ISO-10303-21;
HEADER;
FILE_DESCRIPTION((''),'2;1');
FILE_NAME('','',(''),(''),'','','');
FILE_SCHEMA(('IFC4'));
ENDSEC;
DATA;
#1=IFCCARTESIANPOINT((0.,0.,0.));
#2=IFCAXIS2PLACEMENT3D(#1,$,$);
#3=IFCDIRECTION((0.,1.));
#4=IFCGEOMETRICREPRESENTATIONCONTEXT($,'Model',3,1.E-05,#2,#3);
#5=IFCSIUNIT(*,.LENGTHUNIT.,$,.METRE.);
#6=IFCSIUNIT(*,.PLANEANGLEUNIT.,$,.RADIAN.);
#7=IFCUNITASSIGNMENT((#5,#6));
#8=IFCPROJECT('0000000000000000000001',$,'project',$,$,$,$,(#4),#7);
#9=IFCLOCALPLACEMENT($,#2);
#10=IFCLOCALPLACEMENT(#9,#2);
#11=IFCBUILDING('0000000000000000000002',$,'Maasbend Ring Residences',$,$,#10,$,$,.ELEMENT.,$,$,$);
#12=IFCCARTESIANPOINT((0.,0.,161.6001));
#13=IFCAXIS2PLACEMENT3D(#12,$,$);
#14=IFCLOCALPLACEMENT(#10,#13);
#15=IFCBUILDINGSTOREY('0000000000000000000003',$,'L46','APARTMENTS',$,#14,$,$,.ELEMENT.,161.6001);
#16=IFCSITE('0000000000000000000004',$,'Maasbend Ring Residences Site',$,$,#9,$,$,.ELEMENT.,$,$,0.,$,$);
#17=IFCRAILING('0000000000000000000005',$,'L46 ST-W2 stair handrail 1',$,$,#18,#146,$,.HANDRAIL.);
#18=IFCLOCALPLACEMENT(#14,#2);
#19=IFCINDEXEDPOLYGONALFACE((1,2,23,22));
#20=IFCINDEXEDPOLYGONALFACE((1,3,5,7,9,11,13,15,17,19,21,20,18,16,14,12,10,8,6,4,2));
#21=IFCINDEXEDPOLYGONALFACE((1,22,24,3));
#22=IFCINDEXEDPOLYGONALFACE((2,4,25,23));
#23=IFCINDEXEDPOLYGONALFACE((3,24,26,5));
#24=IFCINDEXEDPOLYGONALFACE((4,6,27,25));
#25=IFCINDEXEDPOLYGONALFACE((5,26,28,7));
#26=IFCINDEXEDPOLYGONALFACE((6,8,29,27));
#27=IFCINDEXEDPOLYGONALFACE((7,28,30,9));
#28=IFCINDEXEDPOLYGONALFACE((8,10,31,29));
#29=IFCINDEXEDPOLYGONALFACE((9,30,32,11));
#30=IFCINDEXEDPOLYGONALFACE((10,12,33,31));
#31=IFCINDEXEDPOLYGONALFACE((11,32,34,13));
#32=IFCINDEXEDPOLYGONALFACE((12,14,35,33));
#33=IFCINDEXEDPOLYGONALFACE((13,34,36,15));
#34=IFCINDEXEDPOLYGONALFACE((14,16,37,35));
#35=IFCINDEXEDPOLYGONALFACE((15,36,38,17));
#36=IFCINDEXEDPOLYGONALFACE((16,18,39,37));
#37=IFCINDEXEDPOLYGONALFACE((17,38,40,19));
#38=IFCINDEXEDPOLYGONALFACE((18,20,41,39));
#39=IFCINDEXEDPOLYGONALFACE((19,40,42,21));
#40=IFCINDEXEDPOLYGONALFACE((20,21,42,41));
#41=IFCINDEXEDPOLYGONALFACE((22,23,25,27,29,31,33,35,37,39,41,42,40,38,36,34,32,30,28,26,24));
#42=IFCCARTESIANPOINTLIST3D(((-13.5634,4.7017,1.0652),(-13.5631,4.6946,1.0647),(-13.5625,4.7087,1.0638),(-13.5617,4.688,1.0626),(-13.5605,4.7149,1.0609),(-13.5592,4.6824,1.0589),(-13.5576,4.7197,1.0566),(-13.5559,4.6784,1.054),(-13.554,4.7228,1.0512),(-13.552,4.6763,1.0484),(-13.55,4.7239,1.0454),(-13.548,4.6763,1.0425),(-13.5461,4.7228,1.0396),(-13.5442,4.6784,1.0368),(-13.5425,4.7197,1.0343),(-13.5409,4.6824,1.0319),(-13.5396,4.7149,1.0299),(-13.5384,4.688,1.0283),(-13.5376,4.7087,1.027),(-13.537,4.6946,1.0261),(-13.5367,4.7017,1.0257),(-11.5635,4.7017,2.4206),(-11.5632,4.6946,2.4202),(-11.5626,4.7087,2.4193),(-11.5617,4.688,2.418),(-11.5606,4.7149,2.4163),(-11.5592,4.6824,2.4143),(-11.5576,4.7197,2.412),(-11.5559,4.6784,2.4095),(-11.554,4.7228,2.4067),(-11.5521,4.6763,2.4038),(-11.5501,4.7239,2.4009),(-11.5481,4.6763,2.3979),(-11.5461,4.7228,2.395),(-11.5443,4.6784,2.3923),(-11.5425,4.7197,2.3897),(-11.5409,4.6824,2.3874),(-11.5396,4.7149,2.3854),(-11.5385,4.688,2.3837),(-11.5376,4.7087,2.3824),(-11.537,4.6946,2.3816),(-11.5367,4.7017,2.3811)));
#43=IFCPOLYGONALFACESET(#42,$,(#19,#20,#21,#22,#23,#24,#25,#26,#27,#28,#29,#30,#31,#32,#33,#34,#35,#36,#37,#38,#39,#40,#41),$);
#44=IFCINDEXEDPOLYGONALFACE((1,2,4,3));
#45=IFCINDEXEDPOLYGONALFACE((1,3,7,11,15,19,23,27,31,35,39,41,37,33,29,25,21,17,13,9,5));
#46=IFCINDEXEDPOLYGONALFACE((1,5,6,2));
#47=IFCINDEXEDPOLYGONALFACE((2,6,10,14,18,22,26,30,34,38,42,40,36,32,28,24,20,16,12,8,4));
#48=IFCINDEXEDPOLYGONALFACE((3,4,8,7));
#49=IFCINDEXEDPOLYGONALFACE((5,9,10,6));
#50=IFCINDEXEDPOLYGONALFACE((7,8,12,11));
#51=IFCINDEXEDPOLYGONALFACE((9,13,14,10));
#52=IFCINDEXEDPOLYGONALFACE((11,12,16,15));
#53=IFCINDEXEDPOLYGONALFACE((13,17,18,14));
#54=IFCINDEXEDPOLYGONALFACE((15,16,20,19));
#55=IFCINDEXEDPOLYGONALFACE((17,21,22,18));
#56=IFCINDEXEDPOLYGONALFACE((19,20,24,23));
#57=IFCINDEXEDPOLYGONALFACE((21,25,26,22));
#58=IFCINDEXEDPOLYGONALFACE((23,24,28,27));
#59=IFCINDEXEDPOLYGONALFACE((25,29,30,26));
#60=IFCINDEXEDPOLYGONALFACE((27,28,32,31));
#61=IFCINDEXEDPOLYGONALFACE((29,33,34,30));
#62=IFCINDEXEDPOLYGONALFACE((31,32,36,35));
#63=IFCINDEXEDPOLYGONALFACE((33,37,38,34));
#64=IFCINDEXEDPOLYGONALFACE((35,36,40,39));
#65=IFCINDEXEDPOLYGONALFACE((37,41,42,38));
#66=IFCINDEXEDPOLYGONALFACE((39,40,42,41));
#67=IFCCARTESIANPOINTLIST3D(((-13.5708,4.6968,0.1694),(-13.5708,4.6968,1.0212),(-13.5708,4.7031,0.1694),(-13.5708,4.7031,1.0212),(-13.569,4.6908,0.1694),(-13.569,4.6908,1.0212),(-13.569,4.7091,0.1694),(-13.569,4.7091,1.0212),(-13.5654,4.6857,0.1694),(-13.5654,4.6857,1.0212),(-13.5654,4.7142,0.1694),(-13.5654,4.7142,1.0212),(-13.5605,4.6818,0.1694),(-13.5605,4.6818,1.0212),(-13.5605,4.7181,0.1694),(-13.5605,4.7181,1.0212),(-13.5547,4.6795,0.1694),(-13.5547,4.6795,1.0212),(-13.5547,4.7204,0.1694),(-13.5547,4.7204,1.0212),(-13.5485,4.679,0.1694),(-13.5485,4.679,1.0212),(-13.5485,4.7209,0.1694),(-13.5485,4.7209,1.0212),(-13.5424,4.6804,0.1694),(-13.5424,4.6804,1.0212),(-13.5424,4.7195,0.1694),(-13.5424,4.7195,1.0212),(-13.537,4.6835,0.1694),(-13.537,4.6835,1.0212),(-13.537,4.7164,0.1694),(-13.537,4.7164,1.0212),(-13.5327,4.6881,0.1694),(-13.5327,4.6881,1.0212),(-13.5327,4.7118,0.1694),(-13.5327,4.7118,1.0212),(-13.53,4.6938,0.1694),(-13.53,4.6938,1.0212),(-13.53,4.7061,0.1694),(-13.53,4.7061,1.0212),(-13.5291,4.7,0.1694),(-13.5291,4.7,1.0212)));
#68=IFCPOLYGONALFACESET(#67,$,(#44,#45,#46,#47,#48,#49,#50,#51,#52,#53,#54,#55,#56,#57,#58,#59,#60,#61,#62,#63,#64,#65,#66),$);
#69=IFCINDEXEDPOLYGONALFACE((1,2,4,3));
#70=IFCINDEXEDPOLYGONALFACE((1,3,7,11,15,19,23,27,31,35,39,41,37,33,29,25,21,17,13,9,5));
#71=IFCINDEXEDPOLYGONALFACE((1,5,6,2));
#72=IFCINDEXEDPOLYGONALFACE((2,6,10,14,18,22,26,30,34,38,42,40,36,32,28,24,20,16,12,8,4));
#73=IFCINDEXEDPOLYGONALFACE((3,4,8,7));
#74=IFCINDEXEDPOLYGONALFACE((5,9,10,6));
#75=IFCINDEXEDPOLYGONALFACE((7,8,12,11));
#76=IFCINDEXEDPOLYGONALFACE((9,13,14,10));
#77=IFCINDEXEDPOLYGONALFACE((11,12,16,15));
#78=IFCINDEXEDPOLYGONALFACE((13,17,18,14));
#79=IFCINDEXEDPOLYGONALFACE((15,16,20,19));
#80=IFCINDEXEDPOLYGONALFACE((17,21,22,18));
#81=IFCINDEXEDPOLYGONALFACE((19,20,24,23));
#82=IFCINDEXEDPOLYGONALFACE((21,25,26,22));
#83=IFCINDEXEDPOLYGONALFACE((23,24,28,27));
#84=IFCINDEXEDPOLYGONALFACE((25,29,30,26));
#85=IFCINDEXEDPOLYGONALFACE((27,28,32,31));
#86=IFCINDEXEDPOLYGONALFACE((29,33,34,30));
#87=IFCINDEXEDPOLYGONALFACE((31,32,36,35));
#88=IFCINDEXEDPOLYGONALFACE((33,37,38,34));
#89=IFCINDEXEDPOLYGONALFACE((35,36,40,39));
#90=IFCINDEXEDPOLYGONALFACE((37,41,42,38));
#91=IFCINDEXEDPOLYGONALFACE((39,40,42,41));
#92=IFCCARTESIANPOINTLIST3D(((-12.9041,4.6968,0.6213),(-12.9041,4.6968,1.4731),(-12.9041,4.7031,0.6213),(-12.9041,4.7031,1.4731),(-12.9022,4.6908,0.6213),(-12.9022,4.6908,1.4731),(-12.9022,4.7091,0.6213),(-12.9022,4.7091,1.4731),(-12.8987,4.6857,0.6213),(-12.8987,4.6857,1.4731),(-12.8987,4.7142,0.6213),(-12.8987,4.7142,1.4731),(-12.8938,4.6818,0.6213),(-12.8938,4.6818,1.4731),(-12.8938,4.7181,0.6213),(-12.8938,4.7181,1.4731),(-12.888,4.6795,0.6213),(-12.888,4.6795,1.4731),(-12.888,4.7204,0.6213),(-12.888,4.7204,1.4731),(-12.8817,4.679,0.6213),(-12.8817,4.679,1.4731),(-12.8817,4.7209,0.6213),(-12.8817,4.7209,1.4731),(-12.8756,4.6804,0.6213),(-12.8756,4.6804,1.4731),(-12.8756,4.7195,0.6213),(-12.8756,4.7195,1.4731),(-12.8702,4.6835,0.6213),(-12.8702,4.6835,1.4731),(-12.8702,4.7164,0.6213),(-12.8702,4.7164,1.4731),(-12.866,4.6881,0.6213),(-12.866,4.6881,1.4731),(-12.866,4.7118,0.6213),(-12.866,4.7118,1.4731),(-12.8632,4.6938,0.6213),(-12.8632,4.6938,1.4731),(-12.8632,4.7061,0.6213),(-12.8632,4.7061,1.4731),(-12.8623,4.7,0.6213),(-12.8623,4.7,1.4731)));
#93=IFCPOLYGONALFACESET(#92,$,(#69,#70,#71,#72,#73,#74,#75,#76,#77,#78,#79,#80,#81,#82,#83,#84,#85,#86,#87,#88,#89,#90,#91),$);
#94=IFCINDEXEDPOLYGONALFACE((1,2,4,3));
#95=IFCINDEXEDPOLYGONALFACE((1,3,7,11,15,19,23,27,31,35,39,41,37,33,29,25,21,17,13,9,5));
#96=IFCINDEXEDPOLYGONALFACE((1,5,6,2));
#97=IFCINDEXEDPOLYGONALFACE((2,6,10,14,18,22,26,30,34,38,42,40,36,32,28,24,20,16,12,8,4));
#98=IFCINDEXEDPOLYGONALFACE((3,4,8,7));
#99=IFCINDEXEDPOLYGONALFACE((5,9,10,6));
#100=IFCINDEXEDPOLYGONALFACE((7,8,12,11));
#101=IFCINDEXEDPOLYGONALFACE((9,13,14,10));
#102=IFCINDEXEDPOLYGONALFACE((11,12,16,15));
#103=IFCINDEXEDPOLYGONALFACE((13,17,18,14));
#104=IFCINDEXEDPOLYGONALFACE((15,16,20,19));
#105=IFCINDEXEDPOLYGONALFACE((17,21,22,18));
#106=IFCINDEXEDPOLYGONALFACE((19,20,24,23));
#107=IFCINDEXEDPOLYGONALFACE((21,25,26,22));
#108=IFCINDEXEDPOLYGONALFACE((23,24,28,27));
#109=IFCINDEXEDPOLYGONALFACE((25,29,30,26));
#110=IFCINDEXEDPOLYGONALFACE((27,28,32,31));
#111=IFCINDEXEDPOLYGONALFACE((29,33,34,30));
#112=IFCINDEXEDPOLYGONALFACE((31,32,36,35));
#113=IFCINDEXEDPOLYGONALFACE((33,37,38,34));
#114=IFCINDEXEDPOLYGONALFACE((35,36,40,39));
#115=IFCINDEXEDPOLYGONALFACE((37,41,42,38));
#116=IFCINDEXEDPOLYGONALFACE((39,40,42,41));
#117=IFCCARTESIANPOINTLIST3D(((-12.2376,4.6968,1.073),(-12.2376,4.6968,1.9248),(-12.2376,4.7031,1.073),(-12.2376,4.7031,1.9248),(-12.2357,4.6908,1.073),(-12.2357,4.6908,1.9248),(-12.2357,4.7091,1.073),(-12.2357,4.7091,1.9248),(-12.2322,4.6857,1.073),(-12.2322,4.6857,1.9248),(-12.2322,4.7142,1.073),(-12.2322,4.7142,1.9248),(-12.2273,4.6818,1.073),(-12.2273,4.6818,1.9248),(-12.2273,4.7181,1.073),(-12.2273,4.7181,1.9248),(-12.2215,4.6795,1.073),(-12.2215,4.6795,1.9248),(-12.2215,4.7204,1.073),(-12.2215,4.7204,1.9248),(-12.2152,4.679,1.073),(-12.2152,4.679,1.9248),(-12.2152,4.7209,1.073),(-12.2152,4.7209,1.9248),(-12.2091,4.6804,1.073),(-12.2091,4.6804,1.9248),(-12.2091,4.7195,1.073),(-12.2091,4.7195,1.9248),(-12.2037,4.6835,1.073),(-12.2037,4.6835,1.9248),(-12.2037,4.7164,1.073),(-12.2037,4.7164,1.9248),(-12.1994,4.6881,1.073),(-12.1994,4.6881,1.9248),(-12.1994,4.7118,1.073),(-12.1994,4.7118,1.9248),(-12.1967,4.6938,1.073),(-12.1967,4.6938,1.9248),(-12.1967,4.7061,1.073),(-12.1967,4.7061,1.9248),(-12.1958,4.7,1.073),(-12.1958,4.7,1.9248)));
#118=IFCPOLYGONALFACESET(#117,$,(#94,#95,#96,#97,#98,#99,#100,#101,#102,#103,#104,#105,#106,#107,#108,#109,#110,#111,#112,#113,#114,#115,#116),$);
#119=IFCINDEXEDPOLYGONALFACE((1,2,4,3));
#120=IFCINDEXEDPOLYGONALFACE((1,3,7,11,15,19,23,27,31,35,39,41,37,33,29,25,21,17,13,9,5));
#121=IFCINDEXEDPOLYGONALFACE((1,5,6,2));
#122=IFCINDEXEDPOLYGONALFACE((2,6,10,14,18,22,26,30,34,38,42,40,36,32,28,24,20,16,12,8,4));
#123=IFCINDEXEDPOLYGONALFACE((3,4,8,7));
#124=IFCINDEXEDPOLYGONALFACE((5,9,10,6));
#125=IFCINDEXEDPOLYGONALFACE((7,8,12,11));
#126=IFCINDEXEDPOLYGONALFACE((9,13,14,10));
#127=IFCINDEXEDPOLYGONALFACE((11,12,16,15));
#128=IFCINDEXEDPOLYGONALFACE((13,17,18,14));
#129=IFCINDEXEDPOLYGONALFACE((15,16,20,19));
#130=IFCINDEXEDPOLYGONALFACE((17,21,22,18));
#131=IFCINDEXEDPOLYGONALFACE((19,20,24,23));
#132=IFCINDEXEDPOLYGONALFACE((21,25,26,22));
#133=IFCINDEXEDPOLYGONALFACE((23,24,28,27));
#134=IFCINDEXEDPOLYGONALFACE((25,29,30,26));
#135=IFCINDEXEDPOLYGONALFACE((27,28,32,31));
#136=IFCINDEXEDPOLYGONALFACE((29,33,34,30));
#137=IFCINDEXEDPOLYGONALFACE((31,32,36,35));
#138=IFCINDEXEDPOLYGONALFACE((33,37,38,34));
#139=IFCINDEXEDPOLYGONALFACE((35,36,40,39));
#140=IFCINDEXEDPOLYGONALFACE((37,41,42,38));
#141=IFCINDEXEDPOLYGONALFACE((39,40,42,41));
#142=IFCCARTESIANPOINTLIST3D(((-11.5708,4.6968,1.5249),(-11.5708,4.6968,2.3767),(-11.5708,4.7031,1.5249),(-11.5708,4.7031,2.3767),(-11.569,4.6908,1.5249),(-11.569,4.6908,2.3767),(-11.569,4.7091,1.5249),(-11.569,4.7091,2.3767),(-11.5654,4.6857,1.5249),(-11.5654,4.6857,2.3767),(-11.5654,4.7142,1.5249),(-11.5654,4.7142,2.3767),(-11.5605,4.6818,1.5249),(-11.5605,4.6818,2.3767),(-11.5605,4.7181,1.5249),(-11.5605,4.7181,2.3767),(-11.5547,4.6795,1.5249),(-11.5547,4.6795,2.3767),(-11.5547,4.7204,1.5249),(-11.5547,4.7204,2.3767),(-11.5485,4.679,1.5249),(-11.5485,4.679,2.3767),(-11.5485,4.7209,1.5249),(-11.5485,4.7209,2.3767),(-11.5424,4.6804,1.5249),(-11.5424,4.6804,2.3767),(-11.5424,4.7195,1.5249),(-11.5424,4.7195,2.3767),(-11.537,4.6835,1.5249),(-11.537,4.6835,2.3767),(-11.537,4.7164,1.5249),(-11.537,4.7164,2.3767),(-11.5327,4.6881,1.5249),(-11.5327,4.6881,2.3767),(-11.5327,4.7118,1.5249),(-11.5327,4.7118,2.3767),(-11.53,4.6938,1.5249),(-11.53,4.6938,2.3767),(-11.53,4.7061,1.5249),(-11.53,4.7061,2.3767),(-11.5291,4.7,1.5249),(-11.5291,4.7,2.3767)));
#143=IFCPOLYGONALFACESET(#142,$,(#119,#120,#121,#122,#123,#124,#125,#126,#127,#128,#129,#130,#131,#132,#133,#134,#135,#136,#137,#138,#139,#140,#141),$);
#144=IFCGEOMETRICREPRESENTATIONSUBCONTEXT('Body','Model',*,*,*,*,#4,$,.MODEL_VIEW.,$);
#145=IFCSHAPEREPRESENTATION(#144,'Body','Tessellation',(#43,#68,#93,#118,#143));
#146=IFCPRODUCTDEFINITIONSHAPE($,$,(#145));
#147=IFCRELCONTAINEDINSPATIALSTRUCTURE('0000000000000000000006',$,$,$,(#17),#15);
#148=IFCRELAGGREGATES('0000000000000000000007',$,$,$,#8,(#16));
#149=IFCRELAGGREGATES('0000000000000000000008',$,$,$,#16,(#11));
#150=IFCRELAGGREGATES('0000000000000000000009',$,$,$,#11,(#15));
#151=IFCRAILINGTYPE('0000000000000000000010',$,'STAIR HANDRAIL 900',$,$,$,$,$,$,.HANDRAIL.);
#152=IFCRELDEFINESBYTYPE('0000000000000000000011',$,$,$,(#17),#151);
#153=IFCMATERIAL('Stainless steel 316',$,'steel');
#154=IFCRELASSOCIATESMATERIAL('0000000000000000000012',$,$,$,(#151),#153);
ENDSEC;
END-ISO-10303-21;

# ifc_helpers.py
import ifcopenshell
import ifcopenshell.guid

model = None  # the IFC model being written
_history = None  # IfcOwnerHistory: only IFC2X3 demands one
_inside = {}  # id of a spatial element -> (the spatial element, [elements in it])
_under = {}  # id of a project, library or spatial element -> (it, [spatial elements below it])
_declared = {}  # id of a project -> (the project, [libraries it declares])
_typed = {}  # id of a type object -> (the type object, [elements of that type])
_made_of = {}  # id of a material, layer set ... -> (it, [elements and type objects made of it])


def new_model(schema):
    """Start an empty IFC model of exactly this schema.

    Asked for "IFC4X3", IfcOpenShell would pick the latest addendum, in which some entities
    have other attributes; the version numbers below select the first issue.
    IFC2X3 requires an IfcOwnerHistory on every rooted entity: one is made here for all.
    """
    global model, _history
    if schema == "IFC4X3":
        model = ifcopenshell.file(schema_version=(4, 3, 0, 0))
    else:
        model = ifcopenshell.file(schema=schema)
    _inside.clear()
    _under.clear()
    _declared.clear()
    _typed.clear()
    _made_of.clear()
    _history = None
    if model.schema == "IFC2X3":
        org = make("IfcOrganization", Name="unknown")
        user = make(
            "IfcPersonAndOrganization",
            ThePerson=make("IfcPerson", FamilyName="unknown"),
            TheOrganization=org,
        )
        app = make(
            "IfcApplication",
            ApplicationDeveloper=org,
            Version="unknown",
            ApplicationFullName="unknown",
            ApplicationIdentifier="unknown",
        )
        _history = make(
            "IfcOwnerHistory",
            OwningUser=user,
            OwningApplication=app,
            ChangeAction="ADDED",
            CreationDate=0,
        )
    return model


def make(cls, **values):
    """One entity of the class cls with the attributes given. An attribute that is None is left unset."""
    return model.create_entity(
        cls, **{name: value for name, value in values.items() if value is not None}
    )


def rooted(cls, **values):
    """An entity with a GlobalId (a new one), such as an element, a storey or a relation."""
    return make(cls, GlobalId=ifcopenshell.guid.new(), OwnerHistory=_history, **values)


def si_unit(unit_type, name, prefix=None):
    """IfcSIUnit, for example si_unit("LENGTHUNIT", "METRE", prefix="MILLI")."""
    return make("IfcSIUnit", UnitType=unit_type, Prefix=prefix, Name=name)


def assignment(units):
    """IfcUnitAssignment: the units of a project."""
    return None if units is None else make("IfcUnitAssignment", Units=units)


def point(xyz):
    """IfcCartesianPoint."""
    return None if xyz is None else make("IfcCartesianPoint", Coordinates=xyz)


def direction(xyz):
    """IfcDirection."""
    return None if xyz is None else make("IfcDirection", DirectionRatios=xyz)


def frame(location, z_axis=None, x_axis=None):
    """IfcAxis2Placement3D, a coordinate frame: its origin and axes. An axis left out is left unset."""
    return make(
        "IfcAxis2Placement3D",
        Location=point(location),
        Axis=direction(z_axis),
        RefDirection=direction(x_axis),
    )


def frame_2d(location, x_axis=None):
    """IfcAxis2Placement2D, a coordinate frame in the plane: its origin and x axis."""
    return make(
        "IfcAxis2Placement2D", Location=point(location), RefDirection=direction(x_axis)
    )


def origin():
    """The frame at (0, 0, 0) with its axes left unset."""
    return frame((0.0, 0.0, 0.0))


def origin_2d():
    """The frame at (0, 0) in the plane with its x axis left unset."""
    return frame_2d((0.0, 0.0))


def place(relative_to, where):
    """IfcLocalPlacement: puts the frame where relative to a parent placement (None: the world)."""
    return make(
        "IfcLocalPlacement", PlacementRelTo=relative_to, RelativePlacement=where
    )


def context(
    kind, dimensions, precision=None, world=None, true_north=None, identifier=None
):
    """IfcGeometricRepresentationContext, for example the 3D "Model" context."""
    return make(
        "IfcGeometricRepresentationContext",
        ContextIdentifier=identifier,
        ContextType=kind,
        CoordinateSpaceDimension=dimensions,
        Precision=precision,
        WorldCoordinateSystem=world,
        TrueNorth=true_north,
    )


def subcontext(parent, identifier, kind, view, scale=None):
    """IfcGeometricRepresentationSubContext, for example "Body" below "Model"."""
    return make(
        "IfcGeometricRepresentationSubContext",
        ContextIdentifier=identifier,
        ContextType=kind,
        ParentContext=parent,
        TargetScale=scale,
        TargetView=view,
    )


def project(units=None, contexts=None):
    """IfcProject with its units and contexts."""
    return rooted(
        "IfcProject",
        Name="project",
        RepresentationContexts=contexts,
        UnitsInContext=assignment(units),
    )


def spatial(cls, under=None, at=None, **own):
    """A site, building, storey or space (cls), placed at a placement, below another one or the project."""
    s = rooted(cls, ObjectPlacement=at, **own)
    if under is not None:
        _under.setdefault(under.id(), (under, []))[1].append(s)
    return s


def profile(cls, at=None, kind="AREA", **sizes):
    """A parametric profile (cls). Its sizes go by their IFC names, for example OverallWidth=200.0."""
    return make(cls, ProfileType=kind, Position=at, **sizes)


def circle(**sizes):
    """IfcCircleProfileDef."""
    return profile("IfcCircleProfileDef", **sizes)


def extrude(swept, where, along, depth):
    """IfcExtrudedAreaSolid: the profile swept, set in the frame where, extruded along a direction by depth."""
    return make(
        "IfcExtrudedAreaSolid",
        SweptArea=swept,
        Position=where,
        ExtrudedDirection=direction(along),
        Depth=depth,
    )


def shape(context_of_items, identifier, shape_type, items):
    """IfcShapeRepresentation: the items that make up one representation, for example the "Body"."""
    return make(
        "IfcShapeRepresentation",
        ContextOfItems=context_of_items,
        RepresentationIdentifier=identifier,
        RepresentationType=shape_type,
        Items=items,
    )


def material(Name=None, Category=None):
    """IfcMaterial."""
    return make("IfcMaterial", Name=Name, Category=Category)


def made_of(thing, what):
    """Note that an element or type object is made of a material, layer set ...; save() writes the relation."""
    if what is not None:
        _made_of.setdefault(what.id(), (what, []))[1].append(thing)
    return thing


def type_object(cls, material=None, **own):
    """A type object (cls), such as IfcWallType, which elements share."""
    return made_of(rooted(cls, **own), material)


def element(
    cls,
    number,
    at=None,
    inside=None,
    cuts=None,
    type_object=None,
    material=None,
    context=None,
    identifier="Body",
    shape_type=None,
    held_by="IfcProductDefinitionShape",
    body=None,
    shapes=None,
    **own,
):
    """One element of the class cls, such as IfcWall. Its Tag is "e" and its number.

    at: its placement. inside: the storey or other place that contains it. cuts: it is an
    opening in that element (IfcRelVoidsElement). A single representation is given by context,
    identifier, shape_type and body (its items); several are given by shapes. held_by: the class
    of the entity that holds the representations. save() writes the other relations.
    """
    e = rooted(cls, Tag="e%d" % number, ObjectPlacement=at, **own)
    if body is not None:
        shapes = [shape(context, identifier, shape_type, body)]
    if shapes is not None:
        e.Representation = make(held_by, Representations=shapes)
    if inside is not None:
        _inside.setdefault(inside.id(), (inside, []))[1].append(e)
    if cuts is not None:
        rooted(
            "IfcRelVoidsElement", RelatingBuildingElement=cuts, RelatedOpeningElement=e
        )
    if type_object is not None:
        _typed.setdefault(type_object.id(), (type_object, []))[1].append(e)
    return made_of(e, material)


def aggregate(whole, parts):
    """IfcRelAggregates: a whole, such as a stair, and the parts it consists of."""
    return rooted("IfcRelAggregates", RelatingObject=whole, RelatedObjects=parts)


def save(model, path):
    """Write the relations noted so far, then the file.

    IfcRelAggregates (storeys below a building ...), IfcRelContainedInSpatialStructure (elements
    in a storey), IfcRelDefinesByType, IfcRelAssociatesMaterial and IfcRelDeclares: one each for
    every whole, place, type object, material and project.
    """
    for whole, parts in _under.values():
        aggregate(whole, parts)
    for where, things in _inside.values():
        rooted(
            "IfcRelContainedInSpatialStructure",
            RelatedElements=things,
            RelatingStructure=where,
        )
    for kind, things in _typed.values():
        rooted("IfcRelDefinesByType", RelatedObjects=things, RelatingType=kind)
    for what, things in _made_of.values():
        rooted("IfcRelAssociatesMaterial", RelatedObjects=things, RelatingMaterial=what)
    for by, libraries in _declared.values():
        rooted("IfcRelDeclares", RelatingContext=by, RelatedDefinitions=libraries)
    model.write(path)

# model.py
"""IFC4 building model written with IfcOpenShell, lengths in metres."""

from ifc_helpers import new_model, si_unit, direction, frame, origin, origin_2d, place, context, subcontext, project, spatial, circle, extrude, material, type_object, element, save


model = new_model("IFC4")

# Units and contexts
model_context = context("Model", 3, precision=1e-05, world=origin(), true_north=direction((0.0, 1.0)))
body_context = subcontext(model_context, "Body", "Model", "MODEL_VIEW")
ifc_project = project(units=[si_unit("LENGTHUNIT", "METRE"), si_unit("PLANEANGLEUNIT", "RADIAN")], contexts=[model_context])

# Site, building, storey
site_placement = place(None, origin())
site = spatial("IfcSite", under=ifc_project, at=site_placement, Name="Maasbend Ring Residences Site", CompositionType="ELEMENT", RefElevation=0.0)
building_placement = place(site_placement, origin())
building = spatial("IfcBuilding", under=site, at=building_placement, Name="Maasbend Ring Residences", CompositionType="ELEMENT")
storey_placement = place(building_placement, frame((0.0, 0.0, 161.6001)))
storey = spatial("IfcBuildingStorey", under=building, at=storey_placement, Name="L46", Description="APARTMENTS", CompositionType="ELEMENT", Elevation=161.6001)

# Railing
ifc_material_1 = material(Name="Stainless steel 316", Category="steel")
railing_type_1 = type_object("IfcRailingType", Name="STAIR HANDRAIL 900", PredefinedType="HANDRAIL", material=ifc_material_1)
railing_1_placement = place(storey_placement, frame((-13.55, 4.7, 0.1694)))
element("IfcRailing", 1, at=railing_1_placement, inside=storey, type_object=railing_type_1, Name="L46 ST-W2 stair handrail 1", PredefinedType="HANDRAIL", context=body_context, shape_type="SweptSolid", body=[
    extrude(circle(Radius=0.0239, at=origin_2d()), frame((0.0, 0.0, 0.876), z_axis=(0.827798, 0.0, 0.561027), x_axis=(0.0, 1.0, 0.0)), (0.0, 0.0, 1.0), 2.416),
    extrude(circle(Radius=0.021, at=origin_2d()), origin(), (0.0, 0.0, 1.0), 0.8518),
    extrude(circle(Radius=0.021, at=origin_2d()), frame((0.6667, 0.0, 0.4519)), (0.0, 0.0, 1.0), 0.8518),
    extrude(circle(Radius=0.021, at=origin_2d()), frame((1.3333, 0.0, 0.9036)), (0.0, 0.0, 1.0), 0.8518),
    extrude(circle(Radius=0.021, at=origin_2d()), frame((2.0, 0.0, 1.3555)), (0.0, 0.0, 1.0), 0.8518),
])

save(model, "model.ifc")
